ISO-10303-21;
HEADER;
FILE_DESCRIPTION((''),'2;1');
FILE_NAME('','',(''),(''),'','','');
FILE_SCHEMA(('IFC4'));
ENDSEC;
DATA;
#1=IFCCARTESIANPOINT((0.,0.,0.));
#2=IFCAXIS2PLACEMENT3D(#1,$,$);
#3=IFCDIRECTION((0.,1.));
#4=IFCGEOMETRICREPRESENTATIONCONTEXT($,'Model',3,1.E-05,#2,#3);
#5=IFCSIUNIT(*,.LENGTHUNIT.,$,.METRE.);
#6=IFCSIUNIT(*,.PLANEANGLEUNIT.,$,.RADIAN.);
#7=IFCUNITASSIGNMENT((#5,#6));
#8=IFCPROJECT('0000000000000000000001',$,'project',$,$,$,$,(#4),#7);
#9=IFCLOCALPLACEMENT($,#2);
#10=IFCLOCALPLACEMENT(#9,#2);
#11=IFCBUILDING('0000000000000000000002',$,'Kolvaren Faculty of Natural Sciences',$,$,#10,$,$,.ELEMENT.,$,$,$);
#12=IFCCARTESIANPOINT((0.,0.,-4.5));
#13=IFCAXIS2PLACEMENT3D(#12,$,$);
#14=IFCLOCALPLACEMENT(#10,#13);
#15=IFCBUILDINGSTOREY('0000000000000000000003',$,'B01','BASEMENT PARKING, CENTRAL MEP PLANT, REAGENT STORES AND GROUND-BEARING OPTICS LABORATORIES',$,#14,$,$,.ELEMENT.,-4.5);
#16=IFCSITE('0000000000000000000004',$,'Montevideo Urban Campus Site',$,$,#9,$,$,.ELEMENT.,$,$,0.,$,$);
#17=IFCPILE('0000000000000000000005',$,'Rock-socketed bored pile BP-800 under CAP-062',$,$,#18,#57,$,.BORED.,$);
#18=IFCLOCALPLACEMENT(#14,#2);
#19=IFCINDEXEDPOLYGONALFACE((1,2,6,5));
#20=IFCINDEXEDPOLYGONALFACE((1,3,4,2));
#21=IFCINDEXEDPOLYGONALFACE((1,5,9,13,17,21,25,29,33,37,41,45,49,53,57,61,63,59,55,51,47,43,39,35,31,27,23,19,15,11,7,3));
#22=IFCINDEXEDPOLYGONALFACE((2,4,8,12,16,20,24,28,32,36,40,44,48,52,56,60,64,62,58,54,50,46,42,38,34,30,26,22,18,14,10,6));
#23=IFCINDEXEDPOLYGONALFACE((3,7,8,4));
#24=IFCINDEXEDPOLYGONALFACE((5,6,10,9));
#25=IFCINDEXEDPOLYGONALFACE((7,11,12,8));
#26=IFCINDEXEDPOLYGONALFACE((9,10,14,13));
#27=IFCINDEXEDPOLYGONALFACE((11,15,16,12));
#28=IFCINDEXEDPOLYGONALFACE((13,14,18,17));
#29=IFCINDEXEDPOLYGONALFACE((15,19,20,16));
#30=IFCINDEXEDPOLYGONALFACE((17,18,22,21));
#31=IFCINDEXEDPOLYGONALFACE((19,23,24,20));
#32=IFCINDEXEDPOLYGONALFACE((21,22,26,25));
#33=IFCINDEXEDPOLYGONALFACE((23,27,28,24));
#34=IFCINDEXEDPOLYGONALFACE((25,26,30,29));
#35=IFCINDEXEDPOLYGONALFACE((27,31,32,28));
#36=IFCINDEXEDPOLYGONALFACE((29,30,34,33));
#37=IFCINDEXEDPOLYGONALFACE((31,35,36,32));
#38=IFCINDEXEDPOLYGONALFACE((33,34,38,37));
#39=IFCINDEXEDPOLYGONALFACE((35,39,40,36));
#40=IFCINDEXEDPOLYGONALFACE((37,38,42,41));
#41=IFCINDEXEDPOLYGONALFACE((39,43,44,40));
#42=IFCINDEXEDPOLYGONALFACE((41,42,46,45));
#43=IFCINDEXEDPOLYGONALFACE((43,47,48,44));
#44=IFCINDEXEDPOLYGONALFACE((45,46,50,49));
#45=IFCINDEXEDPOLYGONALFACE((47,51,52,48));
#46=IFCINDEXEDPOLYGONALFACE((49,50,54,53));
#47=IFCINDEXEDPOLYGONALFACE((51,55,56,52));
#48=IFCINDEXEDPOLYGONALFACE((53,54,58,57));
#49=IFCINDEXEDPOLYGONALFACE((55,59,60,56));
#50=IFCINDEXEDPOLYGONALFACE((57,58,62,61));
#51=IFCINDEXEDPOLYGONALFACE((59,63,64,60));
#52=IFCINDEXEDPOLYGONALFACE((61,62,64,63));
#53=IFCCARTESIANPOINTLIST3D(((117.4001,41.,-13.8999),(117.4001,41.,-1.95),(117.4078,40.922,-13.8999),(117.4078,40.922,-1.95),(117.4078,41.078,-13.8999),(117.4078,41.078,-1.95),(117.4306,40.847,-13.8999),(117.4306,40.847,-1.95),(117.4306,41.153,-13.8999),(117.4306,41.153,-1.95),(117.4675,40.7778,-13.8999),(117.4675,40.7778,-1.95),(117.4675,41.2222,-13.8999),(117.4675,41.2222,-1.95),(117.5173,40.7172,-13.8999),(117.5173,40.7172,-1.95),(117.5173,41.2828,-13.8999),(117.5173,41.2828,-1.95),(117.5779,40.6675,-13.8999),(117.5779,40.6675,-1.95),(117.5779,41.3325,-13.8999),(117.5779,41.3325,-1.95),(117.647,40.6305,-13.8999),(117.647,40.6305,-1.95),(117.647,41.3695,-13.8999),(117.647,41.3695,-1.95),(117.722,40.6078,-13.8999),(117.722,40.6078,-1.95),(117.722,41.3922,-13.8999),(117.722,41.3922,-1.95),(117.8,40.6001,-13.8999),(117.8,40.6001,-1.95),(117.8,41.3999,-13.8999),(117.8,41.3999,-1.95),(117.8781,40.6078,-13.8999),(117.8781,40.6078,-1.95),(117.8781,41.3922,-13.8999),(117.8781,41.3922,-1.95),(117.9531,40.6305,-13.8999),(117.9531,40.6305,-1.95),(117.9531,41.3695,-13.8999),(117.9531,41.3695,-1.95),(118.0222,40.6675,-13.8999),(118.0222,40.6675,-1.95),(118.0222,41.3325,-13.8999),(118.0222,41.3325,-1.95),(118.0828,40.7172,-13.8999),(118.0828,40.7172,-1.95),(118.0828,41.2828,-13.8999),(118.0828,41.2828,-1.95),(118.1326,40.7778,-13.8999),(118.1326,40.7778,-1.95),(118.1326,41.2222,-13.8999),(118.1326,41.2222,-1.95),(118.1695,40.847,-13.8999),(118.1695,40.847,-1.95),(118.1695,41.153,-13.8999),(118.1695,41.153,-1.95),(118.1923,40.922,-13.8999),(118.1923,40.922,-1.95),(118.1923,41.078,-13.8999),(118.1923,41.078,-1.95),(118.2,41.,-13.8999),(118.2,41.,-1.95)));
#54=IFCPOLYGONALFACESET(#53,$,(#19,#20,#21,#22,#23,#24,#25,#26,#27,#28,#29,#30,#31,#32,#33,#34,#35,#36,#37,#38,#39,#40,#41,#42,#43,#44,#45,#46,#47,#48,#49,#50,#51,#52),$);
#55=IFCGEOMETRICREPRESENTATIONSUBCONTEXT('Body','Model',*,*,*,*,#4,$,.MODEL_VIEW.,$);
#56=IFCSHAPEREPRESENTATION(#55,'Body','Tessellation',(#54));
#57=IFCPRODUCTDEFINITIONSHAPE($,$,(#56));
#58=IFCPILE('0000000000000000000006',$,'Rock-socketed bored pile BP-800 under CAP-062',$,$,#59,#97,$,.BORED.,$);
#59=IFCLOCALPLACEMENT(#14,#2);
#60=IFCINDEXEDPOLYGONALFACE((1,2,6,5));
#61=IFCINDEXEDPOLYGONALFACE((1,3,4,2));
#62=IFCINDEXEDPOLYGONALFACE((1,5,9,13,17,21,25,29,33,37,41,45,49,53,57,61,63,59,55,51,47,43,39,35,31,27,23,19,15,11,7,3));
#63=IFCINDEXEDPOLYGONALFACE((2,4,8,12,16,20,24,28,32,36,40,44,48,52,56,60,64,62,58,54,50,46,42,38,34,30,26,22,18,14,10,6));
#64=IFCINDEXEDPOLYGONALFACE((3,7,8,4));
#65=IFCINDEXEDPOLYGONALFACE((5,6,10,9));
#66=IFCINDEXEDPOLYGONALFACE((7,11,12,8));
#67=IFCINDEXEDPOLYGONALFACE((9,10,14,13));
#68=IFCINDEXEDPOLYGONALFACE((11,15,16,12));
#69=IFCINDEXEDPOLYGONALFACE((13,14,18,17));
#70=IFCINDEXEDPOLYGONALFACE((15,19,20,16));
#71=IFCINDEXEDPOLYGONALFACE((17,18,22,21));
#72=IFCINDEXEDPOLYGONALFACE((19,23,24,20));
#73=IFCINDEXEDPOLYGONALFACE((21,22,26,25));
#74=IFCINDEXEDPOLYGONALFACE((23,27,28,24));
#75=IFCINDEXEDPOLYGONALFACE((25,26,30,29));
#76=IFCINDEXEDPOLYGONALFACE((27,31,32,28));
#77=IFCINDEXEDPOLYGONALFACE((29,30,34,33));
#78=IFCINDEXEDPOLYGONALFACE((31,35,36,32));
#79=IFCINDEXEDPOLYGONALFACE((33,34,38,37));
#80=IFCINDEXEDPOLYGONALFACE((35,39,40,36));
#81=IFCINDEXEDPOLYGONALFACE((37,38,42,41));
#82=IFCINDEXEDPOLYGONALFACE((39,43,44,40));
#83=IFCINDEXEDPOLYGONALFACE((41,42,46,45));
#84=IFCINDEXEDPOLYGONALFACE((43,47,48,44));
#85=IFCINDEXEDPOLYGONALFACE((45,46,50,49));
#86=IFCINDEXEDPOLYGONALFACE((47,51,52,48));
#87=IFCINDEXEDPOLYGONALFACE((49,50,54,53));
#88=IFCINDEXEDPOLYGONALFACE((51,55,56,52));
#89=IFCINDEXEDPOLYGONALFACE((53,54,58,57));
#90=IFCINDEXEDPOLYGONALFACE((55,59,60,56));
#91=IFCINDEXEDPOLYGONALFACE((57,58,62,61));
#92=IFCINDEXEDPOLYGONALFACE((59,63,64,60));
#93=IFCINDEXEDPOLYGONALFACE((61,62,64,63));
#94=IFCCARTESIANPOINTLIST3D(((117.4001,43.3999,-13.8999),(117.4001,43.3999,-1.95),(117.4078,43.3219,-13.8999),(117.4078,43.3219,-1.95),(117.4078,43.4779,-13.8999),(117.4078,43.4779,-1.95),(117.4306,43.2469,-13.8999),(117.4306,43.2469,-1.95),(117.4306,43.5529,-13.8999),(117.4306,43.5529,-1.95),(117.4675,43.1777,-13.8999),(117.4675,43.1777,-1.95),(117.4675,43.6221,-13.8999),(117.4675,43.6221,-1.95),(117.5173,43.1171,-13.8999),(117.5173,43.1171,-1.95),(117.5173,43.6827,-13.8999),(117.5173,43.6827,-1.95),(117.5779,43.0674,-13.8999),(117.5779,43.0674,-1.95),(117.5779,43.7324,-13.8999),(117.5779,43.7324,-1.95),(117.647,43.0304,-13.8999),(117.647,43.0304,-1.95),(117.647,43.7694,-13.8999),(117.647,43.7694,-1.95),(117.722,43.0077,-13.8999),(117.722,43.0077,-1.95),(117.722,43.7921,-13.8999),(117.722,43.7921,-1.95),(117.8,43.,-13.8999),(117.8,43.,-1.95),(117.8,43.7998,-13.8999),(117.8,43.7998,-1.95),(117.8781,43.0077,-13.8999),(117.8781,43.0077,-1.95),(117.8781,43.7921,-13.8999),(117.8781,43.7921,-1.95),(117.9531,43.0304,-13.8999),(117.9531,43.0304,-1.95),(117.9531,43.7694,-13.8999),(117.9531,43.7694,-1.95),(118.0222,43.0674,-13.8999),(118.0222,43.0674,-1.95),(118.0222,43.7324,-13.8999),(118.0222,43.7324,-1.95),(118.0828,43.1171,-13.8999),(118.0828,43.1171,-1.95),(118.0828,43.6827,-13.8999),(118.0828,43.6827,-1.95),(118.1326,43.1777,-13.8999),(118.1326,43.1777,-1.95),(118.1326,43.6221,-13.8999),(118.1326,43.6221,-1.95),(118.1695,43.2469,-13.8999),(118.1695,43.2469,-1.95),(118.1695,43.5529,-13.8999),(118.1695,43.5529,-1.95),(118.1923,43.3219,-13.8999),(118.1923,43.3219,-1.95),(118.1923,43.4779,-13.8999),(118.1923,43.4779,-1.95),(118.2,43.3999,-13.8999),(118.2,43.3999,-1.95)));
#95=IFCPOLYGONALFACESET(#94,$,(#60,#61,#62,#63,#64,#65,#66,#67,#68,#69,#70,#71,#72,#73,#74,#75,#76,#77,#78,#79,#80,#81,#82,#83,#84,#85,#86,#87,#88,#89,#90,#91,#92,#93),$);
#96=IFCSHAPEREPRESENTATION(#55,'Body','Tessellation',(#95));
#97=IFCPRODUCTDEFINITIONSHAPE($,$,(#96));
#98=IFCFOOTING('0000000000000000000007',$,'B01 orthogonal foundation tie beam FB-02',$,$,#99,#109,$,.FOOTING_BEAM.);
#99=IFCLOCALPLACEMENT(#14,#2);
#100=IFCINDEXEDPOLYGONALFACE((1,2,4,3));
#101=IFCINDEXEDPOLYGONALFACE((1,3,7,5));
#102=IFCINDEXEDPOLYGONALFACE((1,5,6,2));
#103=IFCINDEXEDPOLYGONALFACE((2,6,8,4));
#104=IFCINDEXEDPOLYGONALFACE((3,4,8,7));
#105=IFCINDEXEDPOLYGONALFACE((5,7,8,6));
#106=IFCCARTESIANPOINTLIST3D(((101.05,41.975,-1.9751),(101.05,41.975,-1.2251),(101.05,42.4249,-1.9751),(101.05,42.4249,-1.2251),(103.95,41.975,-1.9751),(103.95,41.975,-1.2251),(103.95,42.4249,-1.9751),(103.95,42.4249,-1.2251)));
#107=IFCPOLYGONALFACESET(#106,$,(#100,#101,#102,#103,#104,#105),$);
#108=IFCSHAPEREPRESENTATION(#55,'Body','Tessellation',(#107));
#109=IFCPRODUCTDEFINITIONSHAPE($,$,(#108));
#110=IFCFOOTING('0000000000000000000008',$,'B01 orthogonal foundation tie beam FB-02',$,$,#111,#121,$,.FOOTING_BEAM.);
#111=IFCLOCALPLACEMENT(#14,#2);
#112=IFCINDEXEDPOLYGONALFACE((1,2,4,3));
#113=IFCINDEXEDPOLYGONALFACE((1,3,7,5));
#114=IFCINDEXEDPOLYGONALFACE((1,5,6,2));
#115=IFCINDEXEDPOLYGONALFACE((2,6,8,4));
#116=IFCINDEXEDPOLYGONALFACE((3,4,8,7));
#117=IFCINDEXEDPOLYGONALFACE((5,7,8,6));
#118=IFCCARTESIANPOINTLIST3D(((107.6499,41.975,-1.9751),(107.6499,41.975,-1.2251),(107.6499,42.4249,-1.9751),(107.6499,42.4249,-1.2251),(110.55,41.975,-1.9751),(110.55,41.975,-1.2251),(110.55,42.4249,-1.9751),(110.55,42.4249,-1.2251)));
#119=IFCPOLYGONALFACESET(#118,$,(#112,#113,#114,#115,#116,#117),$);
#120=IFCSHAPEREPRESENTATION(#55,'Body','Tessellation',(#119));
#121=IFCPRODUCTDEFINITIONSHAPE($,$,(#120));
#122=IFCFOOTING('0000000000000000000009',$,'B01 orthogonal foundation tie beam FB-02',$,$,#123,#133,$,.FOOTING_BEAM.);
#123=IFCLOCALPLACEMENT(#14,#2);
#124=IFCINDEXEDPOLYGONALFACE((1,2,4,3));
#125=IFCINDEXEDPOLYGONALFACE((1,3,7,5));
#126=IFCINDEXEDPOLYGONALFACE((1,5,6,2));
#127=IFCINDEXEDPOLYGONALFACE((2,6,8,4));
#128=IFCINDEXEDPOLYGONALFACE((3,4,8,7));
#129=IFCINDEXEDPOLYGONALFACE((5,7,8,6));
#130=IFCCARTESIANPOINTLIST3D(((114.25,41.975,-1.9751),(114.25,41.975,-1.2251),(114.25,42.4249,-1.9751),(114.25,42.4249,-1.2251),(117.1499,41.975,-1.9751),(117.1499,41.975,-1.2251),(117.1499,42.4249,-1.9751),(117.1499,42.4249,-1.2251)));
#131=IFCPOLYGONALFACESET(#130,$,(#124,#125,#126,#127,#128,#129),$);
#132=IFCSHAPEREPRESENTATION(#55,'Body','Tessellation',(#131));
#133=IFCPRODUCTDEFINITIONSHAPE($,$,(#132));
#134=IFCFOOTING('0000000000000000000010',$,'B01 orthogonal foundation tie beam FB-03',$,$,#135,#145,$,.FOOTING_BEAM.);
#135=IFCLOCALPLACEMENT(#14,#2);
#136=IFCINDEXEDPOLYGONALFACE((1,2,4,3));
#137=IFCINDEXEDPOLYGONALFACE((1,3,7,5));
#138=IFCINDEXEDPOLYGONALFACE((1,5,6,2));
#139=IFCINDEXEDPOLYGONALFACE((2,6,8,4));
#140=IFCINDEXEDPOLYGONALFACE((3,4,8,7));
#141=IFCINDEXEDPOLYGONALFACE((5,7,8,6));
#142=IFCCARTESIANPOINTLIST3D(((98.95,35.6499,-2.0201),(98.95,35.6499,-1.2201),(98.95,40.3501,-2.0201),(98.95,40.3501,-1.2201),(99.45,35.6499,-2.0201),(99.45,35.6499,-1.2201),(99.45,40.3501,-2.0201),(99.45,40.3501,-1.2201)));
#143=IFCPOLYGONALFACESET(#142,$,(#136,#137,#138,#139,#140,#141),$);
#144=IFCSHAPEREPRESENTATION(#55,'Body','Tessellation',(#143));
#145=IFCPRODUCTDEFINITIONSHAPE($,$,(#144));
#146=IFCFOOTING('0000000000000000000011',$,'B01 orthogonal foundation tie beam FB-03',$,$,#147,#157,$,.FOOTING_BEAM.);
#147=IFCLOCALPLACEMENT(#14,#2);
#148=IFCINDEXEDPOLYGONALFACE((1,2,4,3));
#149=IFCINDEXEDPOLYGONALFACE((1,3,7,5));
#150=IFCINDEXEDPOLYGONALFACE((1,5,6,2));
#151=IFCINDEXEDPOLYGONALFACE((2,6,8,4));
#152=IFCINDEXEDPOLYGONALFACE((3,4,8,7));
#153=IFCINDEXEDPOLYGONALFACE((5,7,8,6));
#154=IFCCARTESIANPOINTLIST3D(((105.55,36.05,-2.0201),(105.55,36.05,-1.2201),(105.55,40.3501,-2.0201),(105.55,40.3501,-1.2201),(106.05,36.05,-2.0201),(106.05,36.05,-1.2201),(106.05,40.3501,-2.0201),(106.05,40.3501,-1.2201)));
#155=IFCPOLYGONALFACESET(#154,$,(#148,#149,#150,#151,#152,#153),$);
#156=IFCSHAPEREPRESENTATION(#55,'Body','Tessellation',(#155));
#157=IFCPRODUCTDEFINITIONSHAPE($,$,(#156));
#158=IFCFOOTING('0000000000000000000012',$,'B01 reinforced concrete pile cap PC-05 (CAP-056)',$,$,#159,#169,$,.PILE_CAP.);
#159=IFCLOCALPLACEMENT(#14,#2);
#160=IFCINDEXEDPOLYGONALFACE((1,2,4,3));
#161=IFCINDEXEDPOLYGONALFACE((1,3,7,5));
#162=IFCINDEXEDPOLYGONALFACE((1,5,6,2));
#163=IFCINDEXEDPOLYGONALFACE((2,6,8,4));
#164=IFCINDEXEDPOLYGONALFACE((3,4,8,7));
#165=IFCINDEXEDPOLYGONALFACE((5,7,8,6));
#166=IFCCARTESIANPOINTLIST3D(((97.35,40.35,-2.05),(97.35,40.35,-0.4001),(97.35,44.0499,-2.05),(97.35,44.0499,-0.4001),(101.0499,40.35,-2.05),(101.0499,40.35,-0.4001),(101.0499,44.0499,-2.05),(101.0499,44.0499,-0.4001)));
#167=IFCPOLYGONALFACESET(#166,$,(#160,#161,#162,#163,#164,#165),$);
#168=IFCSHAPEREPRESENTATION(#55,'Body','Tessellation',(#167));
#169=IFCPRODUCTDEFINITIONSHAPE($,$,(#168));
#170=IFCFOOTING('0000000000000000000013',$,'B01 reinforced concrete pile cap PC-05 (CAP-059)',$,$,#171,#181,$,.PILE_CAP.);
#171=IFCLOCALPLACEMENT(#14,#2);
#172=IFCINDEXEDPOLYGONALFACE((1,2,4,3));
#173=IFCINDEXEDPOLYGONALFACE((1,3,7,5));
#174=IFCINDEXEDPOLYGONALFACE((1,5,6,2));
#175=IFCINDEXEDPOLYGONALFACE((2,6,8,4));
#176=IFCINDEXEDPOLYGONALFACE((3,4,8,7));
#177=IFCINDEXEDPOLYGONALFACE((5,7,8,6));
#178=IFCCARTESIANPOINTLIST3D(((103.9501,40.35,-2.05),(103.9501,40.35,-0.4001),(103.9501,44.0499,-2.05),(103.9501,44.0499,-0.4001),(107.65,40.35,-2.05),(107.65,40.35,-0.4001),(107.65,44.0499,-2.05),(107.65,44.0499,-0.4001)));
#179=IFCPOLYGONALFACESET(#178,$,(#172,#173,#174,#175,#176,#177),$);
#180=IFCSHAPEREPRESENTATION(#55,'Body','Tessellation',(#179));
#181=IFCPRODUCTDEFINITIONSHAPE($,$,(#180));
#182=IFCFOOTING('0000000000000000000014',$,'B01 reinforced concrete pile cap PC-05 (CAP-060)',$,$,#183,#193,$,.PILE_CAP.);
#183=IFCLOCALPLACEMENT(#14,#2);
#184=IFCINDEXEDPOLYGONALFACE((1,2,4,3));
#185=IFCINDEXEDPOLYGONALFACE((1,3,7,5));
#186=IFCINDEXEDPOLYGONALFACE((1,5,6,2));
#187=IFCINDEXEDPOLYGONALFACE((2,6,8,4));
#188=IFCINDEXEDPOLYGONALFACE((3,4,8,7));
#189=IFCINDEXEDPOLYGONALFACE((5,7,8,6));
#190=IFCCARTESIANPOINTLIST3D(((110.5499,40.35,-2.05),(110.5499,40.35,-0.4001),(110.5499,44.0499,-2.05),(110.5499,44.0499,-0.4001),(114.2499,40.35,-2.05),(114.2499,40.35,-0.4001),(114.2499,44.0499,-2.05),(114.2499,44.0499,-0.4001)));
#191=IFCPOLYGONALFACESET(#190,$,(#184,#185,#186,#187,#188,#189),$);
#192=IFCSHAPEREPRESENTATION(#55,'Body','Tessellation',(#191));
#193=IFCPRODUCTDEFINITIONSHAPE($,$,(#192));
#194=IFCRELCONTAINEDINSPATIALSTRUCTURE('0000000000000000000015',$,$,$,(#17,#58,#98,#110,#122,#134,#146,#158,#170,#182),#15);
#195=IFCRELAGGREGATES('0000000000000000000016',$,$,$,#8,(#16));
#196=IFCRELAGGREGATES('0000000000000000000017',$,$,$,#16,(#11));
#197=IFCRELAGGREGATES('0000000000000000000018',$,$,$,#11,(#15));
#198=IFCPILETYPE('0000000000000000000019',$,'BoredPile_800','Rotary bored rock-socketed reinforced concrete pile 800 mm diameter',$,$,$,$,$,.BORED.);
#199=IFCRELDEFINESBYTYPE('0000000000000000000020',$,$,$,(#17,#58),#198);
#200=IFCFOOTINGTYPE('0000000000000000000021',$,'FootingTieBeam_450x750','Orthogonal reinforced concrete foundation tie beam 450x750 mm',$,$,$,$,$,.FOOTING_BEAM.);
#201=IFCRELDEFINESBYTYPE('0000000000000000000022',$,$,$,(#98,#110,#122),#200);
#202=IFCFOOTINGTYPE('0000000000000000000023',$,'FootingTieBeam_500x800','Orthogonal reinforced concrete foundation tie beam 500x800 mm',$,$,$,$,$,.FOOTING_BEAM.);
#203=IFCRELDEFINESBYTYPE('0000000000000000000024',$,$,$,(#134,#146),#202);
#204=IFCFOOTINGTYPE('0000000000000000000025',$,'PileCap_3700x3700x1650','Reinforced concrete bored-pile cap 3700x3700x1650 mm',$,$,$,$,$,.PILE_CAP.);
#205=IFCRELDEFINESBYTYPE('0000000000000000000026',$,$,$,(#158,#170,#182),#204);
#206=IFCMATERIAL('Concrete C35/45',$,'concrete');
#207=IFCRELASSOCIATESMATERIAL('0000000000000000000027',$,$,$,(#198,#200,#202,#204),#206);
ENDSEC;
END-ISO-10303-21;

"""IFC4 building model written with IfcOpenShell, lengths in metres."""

from ifc_helpers import new_model, si_unit, direction, frame, origin, origin_2d, place, context, subcontext, project, spatial, rectangle, circle, extrude, material, material_profile, profile_set, type_object, element, save


model = new_model("IFC4")

# Units and contexts
model_context = context("Model", 3, precision=1e-05, world=origin(), true_north=direction((0.0, 1.0)))
body_context = subcontext(model_context, "Body", "Model", "MODEL_VIEW")
ifc_project = project(units=[si_unit("LENGTHUNIT", "METRE"), si_unit("PLANEANGLEUNIT", "RADIAN")], contexts=[model_context])

# Site, building, storey
site_placement = place(None, origin())
site = spatial("IfcSite", under=ifc_project, at=site_placement, Name="Montevideo Urban Campus Site", CompositionType="ELEMENT", RefElevation=0.0)
building_placement = place(site_placement, origin())
building = spatial("IfcBuilding", under=site, at=building_placement, Name="Kolvaren Faculty of Natural Sciences", CompositionType="ELEMENT")
storey_placement = place(building_placement, frame((0.0, 0.0, -4.5)))
storey = spatial("IfcBuildingStorey", under=building, at=storey_placement, Name="B01", Description="BASEMENT PARKING, CENTRAL MEP PLANT, REAGENT STORES AND GROUND-BEARING OPTICS LABORATORIES", CompositionType="ELEMENT", Elevation=-4.5)

# Piles
ifc_material_1 = material(Name="Concrete C35/45", Category="concrete")
ifc_material_profile_1 = material_profile(ifc_material_1, circle(Radius=0.3999, at=origin_2d()), Name="PILE D800")
ifc_profile_set_1 = profile_set([ifc_material_profile_1], Name="Concrete C35/45")
pile_type_1 = type_object("IfcPileType", Name="BoredPile_800", Description="Rotary bored rock-socketed reinforced concrete pile 800 mm diameter", PredefinedType="BORED", material=ifc_profile_set_1)
for number, where, z_axis, x_axis, name in (
    (1, (117.8, 41.0, -1.95), (0.0, 0.0, -1.0), (1.0, 0.0, 0.0), "Rock-socketed bored pile BP-800 under CAP-062"),
    (2, (117.8, 43.3999, -1.95), (0.0, 0.0, -1.0), (1.0, 0.0, 0.0), "Rock-socketed bored pile BP-800 under CAP-062"),
):
    element("IfcPile", number, at=place(storey_placement, frame(where, z_axis=z_axis, x_axis=x_axis)), inside=storey, type_object=pile_type_1, Name=name, PredefinedType="BORED", context=body_context, shape_type="SweptSolid", body=[
        extrude(circle(Radius=0.3999, at=origin_2d()), origin(), (0.0, 0.0, 1.0), 11.95),
    ])

# Footings
ifc_material_profile_2 = material_profile(ifc_material_1, rectangle(XDim=0.45, YDim=0.75, at=origin_2d()), Name="RC FB 450x750")
ifc_profile_set_2 = profile_set([ifc_material_profile_2], Name="Concrete C35/45")
footing_type_1 = type_object("IfcFootingType", Name="FootingTieBeam_450x750", Description="Orthogonal reinforced concrete foundation tie beam 450x750 mm", PredefinedType="FOOTING_BEAM", material=ifc_profile_set_2)
footing_1_placement = place(storey_placement, frame((101.05, 42.2, -1.6001), z_axis=(1.0, 0.0, 0.0), x_axis=(0.0, 1.0, 0.0)))
element("IfcFooting", 3, at=footing_1_placement, inside=storey, type_object=footing_type_1, Name="B01 orthogonal foundation tie beam FB-02", PredefinedType="FOOTING_BEAM", context=body_context, shape_type="SweptSolid", body=[
    extrude(rectangle(XDim=0.45, YDim=0.75, at=origin_2d()), origin(), (0.0, 0.0, 1.0), 2.8999),
])
footing_2_placement = place(storey_placement, frame((107.6499, 42.2, -1.6001), z_axis=(1.0, 0.0, 0.0), x_axis=(0.0, 1.0, 0.0)))
element("IfcFooting", 4, at=footing_2_placement, inside=storey, type_object=footing_type_1, Name="B01 orthogonal foundation tie beam FB-02", PredefinedType="FOOTING_BEAM", context=body_context, shape_type="SweptSolid", body=[
    extrude(rectangle(XDim=0.45, YDim=0.75, at=origin_2d()), origin(), (0.0, 0.0, 1.0), 2.9001),
])
footing_3_placement = place(storey_placement, frame((114.25, 42.2, -1.6001), z_axis=(1.0, 0.0, 0.0), x_axis=(0.0, 1.0, 0.0)))
element("IfcFooting", 5, at=footing_3_placement, inside=storey, type_object=footing_type_1, Name="B01 orthogonal foundation tie beam FB-02", PredefinedType="FOOTING_BEAM", context=body_context, shape_type="SweptSolid", body=[
    extrude(rectangle(XDim=0.45, YDim=0.75, at=origin_2d()), origin(), (0.0, 0.0, 1.0), 2.8999),
])
ifc_material_profile_3 = material_profile(ifc_material_1, rectangle(XDim=0.5, YDim=0.8, at=origin_2d()), Name="RC FB 500x800")
ifc_profile_set_3 = profile_set([ifc_material_profile_3], Name="Concrete C35/45")
footing_type_2 = type_object("IfcFootingType", Name="FootingTieBeam_500x800", Description="Orthogonal reinforced concrete foundation tie beam 500x800 mm", PredefinedType="FOOTING_BEAM", material=ifc_profile_set_3)
footing_4_placement = place(storey_placement, frame((99.2, 35.6499, -1.6201), z_axis=(0.0, 1.0, 0.0), x_axis=(-1.0, 0.0, 0.0)))
element("IfcFooting", 6, at=footing_4_placement, inside=storey, type_object=footing_type_2, Name="B01 orthogonal foundation tie beam FB-03", PredefinedType="FOOTING_BEAM", context=body_context, shape_type="SweptSolid", body=[
    extrude(rectangle(XDim=0.5, YDim=0.8, at=origin_2d()), origin(), (0.0, 0.0, 1.0), 4.7002),
])
footing_5_placement = place(storey_placement, frame((105.8, 36.05, -1.6201), z_axis=(0.0, 1.0, 0.0), x_axis=(-1.0, 0.0, 0.0)))
element("IfcFooting", 7, at=footing_5_placement, inside=storey, type_object=footing_type_2, Name="B01 orthogonal foundation tie beam FB-03", PredefinedType="FOOTING_BEAM", context=body_context, shape_type="SweptSolid", body=[
    extrude(rectangle(XDim=0.5, YDim=0.8, at=origin_2d()), origin(), (0.0, 0.0, 1.0), 4.3),
])
footing_type_3 = type_object("IfcFootingType", Name="PileCap_3700x3700x1650", Description="Reinforced concrete bored-pile cap 3700x3700x1650 mm", PredefinedType="PILE_CAP", material=ifc_material_1)
for number, where, z_axis, x_axis, name in (
    (8, (99.2, 42.2, -2.05), (0.0, 0.0, 1.0), (1.0, 0.0, 0.0), "B01 reinforced concrete pile cap PC-05 (CAP-056)"),
    (9, (105.8, 42.2, -2.05), (0.0, 0.0, 1.0), (1.0, 0.0, 0.0), "B01 reinforced concrete pile cap PC-05 (CAP-059)"),
    (10, (112.3999, 42.2, -2.05), (0.0, 0.0, 1.0), (1.0, 0.0, 0.0), "B01 reinforced concrete pile cap PC-05 (CAP-060)"),
):
    element("IfcFooting", number, at=place(storey_placement, frame(where, z_axis=z_axis, x_axis=x_axis)), inside=storey, type_object=footing_type_3, Name=name, PredefinedType="PILE_CAP", context=body_context, shape_type="SweptSolid", body=[
        extrude(rectangle(XDim=3.7, YDim=3.7, at=origin_2d()), origin(), (0.0, 0.0, 1.0), 1.6499),
    ])

save(model, "model.ifc")
